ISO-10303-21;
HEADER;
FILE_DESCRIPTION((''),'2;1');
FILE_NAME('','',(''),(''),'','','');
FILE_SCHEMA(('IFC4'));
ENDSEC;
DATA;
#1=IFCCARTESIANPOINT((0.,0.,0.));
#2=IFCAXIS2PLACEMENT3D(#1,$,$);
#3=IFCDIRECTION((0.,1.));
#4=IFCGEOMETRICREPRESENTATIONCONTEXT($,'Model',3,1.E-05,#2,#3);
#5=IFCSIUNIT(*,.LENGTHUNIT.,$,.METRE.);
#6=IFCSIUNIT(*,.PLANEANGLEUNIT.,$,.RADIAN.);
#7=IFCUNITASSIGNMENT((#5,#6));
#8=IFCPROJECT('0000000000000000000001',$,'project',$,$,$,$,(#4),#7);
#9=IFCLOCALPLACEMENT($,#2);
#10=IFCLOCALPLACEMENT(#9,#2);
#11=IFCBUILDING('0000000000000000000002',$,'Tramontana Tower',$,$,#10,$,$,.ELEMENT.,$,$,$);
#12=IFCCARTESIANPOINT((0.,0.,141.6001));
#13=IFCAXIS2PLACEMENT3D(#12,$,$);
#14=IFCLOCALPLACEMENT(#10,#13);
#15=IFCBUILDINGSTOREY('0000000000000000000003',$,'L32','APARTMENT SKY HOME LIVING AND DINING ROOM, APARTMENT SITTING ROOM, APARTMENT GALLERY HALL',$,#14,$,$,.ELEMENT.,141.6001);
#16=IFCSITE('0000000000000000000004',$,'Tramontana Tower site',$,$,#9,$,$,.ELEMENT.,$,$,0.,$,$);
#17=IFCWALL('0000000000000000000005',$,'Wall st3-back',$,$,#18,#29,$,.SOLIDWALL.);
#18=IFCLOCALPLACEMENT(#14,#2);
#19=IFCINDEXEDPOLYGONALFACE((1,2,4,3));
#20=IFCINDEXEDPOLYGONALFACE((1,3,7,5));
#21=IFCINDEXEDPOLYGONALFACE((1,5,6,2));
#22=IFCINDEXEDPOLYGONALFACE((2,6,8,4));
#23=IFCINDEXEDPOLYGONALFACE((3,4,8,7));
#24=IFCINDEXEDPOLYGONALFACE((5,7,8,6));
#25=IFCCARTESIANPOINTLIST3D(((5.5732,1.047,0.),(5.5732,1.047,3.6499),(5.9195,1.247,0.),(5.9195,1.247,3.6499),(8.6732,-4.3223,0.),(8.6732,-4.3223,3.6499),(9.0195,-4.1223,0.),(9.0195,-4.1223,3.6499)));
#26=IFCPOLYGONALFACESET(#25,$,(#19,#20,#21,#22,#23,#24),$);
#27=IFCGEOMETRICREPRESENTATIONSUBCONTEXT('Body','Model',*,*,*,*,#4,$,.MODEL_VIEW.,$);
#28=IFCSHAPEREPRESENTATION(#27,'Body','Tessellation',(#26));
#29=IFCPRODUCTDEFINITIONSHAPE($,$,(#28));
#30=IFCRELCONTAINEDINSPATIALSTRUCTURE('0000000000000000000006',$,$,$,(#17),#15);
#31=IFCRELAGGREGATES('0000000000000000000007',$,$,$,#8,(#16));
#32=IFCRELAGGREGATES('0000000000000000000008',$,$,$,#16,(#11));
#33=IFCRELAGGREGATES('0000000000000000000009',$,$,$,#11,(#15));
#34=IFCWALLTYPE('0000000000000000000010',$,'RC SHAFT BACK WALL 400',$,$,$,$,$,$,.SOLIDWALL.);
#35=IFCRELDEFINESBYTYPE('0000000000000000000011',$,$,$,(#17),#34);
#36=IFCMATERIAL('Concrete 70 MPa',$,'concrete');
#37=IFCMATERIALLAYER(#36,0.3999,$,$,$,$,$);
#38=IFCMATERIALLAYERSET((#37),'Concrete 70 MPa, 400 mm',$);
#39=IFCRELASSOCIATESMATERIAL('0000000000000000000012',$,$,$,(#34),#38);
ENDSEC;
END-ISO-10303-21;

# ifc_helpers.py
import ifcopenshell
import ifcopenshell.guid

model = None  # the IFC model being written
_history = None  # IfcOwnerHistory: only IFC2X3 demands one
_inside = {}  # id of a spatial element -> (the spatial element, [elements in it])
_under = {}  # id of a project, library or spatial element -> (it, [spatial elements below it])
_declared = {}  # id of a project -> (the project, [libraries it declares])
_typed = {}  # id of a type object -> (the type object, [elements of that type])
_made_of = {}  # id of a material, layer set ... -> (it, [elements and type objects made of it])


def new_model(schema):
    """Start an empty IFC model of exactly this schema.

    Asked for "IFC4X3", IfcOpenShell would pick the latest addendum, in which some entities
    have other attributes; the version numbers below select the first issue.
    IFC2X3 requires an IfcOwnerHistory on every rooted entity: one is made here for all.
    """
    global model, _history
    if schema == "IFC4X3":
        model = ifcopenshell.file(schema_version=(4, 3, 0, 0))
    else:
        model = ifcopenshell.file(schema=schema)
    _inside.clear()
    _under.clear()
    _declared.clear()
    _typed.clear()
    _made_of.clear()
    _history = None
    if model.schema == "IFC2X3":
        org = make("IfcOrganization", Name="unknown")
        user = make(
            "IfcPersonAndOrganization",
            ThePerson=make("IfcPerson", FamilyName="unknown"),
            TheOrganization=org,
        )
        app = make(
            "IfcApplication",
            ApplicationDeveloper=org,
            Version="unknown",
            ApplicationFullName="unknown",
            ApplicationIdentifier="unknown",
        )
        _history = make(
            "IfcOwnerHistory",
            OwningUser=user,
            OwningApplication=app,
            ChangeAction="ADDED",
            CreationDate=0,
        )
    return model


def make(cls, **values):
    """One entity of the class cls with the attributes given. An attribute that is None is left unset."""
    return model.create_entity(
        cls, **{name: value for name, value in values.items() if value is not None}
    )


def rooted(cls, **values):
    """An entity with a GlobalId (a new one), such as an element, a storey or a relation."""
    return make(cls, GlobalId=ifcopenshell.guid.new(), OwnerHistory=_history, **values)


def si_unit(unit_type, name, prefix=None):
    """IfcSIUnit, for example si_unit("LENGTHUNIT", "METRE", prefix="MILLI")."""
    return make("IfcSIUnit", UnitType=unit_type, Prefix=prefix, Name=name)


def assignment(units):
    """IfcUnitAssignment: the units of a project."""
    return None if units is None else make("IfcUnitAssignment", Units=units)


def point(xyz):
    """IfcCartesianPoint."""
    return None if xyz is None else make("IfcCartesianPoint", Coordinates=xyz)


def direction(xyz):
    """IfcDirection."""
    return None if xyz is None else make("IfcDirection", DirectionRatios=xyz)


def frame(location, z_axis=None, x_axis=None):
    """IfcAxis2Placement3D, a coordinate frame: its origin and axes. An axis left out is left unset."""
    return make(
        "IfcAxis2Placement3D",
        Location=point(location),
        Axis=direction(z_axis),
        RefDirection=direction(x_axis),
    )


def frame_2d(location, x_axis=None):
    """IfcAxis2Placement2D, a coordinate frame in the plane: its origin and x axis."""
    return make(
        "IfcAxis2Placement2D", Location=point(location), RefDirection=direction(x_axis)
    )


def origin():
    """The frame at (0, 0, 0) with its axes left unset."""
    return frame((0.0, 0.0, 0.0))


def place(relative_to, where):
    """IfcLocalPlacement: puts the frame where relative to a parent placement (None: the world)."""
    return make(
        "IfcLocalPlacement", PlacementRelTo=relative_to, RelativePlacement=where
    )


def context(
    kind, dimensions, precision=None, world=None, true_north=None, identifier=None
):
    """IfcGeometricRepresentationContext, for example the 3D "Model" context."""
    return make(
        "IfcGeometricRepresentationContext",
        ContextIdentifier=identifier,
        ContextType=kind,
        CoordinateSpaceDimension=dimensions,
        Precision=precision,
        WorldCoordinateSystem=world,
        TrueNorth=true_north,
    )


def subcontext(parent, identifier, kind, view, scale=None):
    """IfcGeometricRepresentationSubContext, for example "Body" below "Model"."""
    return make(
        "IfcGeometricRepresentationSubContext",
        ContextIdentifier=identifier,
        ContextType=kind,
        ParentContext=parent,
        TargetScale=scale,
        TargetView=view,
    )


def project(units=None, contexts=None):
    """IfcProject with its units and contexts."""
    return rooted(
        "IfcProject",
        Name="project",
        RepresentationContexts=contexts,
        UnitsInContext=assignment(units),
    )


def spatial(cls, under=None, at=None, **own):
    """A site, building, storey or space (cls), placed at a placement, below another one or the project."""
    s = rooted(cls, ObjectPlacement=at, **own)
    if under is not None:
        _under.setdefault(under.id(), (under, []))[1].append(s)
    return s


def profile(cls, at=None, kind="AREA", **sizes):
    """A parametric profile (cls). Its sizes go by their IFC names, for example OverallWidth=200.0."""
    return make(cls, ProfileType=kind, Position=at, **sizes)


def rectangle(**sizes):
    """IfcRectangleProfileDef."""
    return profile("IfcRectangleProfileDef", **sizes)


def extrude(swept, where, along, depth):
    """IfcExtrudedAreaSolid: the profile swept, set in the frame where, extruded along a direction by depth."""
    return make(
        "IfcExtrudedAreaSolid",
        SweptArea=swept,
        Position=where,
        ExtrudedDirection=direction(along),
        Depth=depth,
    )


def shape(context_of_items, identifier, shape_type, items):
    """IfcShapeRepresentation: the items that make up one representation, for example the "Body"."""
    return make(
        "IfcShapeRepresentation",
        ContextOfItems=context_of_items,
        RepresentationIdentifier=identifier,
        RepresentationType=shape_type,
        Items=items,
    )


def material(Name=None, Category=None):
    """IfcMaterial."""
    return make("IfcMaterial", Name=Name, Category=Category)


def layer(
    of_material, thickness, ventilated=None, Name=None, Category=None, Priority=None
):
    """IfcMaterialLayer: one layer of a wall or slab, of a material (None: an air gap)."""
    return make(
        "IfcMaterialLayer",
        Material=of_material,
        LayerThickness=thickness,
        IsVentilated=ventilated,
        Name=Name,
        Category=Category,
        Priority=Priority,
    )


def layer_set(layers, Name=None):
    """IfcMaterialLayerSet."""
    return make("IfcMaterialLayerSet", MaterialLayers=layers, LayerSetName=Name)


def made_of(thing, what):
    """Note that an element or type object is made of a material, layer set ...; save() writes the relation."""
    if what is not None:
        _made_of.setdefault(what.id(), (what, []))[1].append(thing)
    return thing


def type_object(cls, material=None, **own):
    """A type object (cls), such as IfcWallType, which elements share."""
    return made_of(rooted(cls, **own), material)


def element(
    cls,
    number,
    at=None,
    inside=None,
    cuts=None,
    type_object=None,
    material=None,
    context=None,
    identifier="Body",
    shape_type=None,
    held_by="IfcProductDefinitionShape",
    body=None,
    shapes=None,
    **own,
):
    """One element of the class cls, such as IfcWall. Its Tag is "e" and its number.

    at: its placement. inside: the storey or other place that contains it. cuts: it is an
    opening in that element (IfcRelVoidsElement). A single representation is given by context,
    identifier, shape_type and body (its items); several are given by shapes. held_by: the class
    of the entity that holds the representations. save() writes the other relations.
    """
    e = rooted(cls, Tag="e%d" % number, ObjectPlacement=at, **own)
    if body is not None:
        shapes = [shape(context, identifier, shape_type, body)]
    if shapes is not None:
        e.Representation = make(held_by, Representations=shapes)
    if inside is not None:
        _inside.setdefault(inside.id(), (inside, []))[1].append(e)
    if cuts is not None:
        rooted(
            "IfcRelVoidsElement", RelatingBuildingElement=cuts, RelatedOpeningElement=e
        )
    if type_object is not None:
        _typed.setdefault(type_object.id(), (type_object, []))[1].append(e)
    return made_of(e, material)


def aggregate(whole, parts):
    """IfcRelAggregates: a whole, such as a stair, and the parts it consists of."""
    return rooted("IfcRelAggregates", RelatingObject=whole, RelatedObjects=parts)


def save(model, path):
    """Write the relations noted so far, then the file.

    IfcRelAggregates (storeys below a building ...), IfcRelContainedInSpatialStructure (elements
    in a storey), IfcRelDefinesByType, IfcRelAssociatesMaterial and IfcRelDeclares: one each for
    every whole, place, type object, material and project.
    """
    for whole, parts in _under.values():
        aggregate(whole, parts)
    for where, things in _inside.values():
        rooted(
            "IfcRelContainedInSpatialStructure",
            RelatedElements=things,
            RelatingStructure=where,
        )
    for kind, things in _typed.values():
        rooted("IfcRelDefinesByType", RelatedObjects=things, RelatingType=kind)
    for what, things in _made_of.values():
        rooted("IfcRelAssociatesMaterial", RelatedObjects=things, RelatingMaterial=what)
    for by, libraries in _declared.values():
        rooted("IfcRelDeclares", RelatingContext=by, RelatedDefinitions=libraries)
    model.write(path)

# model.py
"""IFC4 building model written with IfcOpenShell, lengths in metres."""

from ifc_helpers import new_model, si_unit, direction, frame, frame_2d, origin, place, context, subcontext, project, spatial, rectangle, extrude, material, layer, layer_set, type_object, element, save


model = new_model("IFC4")

# Units and contexts
model_context = context("Model", 3, precision=1e-05, world=origin(), true_north=direction((0.0, 1.0)))
body_context = subcontext(model_context, "Body", "Model", "MODEL_VIEW")
ifc_project = project(units=[si_unit("LENGTHUNIT", "METRE"), si_unit("PLANEANGLEUNIT", "RADIAN")], contexts=[model_context])

# Site, building, storey
site_placement = place(None, origin())
site = spatial("IfcSite", under=ifc_project, at=site_placement, Name="Tramontana Tower site", CompositionType="ELEMENT", RefElevation=0.0)
building_placement = place(site_placement, origin())
building = spatial("IfcBuilding", under=site, at=building_placement, Name="Tramontana Tower", CompositionType="ELEMENT")
storey_placement = place(building_placement, frame((0.0, 0.0, 141.6001)))
storey = spatial("IfcBuildingStorey", under=building, at=storey_placement, Name="L32", Description="APARTMENT SKY HOME LIVING AND DINING ROOM, APARTMENT SITTING ROOM, APARTMENT GALLERY HALL", CompositionType="ELEMENT", Elevation=141.6001)

# Wall
ifc_material_1 = material(Name="Concrete 70 MPa", Category="concrete")
ifc_layer_1 = layer(ifc_material_1, 0.3999)
ifc_layer_set_1 = layer_set([ifc_layer_1], Name="Concrete 70 MPa, 400 mm")
wall_type_1 = type_object("IfcWallType", Name="RC SHAFT BACK WALL 400", PredefinedType="SOLIDWALL", material=ifc_layer_set_1)
wall_1_placement = place(storey_placement, frame((8.8464, -4.2224, 0.0), z_axis=(0.0, 0.0, 1.0), x_axis=(-0.50001, 0.86602, 0.0)))
element("IfcWall", 1, at=wall_1_placement, inside=storey, type_object=wall_type_1, Name="Wall st3-back", PredefinedType="SOLIDWALL", context=body_context, shape_type="SweptSolid", body=[
    extrude(rectangle(XDim=6.2, YDim=0.3999, at=frame_2d((3.1001, 0.0))), origin(), (0.0, 0.0, 1.0), 3.6499),
])

save(model, "model.ifc")
